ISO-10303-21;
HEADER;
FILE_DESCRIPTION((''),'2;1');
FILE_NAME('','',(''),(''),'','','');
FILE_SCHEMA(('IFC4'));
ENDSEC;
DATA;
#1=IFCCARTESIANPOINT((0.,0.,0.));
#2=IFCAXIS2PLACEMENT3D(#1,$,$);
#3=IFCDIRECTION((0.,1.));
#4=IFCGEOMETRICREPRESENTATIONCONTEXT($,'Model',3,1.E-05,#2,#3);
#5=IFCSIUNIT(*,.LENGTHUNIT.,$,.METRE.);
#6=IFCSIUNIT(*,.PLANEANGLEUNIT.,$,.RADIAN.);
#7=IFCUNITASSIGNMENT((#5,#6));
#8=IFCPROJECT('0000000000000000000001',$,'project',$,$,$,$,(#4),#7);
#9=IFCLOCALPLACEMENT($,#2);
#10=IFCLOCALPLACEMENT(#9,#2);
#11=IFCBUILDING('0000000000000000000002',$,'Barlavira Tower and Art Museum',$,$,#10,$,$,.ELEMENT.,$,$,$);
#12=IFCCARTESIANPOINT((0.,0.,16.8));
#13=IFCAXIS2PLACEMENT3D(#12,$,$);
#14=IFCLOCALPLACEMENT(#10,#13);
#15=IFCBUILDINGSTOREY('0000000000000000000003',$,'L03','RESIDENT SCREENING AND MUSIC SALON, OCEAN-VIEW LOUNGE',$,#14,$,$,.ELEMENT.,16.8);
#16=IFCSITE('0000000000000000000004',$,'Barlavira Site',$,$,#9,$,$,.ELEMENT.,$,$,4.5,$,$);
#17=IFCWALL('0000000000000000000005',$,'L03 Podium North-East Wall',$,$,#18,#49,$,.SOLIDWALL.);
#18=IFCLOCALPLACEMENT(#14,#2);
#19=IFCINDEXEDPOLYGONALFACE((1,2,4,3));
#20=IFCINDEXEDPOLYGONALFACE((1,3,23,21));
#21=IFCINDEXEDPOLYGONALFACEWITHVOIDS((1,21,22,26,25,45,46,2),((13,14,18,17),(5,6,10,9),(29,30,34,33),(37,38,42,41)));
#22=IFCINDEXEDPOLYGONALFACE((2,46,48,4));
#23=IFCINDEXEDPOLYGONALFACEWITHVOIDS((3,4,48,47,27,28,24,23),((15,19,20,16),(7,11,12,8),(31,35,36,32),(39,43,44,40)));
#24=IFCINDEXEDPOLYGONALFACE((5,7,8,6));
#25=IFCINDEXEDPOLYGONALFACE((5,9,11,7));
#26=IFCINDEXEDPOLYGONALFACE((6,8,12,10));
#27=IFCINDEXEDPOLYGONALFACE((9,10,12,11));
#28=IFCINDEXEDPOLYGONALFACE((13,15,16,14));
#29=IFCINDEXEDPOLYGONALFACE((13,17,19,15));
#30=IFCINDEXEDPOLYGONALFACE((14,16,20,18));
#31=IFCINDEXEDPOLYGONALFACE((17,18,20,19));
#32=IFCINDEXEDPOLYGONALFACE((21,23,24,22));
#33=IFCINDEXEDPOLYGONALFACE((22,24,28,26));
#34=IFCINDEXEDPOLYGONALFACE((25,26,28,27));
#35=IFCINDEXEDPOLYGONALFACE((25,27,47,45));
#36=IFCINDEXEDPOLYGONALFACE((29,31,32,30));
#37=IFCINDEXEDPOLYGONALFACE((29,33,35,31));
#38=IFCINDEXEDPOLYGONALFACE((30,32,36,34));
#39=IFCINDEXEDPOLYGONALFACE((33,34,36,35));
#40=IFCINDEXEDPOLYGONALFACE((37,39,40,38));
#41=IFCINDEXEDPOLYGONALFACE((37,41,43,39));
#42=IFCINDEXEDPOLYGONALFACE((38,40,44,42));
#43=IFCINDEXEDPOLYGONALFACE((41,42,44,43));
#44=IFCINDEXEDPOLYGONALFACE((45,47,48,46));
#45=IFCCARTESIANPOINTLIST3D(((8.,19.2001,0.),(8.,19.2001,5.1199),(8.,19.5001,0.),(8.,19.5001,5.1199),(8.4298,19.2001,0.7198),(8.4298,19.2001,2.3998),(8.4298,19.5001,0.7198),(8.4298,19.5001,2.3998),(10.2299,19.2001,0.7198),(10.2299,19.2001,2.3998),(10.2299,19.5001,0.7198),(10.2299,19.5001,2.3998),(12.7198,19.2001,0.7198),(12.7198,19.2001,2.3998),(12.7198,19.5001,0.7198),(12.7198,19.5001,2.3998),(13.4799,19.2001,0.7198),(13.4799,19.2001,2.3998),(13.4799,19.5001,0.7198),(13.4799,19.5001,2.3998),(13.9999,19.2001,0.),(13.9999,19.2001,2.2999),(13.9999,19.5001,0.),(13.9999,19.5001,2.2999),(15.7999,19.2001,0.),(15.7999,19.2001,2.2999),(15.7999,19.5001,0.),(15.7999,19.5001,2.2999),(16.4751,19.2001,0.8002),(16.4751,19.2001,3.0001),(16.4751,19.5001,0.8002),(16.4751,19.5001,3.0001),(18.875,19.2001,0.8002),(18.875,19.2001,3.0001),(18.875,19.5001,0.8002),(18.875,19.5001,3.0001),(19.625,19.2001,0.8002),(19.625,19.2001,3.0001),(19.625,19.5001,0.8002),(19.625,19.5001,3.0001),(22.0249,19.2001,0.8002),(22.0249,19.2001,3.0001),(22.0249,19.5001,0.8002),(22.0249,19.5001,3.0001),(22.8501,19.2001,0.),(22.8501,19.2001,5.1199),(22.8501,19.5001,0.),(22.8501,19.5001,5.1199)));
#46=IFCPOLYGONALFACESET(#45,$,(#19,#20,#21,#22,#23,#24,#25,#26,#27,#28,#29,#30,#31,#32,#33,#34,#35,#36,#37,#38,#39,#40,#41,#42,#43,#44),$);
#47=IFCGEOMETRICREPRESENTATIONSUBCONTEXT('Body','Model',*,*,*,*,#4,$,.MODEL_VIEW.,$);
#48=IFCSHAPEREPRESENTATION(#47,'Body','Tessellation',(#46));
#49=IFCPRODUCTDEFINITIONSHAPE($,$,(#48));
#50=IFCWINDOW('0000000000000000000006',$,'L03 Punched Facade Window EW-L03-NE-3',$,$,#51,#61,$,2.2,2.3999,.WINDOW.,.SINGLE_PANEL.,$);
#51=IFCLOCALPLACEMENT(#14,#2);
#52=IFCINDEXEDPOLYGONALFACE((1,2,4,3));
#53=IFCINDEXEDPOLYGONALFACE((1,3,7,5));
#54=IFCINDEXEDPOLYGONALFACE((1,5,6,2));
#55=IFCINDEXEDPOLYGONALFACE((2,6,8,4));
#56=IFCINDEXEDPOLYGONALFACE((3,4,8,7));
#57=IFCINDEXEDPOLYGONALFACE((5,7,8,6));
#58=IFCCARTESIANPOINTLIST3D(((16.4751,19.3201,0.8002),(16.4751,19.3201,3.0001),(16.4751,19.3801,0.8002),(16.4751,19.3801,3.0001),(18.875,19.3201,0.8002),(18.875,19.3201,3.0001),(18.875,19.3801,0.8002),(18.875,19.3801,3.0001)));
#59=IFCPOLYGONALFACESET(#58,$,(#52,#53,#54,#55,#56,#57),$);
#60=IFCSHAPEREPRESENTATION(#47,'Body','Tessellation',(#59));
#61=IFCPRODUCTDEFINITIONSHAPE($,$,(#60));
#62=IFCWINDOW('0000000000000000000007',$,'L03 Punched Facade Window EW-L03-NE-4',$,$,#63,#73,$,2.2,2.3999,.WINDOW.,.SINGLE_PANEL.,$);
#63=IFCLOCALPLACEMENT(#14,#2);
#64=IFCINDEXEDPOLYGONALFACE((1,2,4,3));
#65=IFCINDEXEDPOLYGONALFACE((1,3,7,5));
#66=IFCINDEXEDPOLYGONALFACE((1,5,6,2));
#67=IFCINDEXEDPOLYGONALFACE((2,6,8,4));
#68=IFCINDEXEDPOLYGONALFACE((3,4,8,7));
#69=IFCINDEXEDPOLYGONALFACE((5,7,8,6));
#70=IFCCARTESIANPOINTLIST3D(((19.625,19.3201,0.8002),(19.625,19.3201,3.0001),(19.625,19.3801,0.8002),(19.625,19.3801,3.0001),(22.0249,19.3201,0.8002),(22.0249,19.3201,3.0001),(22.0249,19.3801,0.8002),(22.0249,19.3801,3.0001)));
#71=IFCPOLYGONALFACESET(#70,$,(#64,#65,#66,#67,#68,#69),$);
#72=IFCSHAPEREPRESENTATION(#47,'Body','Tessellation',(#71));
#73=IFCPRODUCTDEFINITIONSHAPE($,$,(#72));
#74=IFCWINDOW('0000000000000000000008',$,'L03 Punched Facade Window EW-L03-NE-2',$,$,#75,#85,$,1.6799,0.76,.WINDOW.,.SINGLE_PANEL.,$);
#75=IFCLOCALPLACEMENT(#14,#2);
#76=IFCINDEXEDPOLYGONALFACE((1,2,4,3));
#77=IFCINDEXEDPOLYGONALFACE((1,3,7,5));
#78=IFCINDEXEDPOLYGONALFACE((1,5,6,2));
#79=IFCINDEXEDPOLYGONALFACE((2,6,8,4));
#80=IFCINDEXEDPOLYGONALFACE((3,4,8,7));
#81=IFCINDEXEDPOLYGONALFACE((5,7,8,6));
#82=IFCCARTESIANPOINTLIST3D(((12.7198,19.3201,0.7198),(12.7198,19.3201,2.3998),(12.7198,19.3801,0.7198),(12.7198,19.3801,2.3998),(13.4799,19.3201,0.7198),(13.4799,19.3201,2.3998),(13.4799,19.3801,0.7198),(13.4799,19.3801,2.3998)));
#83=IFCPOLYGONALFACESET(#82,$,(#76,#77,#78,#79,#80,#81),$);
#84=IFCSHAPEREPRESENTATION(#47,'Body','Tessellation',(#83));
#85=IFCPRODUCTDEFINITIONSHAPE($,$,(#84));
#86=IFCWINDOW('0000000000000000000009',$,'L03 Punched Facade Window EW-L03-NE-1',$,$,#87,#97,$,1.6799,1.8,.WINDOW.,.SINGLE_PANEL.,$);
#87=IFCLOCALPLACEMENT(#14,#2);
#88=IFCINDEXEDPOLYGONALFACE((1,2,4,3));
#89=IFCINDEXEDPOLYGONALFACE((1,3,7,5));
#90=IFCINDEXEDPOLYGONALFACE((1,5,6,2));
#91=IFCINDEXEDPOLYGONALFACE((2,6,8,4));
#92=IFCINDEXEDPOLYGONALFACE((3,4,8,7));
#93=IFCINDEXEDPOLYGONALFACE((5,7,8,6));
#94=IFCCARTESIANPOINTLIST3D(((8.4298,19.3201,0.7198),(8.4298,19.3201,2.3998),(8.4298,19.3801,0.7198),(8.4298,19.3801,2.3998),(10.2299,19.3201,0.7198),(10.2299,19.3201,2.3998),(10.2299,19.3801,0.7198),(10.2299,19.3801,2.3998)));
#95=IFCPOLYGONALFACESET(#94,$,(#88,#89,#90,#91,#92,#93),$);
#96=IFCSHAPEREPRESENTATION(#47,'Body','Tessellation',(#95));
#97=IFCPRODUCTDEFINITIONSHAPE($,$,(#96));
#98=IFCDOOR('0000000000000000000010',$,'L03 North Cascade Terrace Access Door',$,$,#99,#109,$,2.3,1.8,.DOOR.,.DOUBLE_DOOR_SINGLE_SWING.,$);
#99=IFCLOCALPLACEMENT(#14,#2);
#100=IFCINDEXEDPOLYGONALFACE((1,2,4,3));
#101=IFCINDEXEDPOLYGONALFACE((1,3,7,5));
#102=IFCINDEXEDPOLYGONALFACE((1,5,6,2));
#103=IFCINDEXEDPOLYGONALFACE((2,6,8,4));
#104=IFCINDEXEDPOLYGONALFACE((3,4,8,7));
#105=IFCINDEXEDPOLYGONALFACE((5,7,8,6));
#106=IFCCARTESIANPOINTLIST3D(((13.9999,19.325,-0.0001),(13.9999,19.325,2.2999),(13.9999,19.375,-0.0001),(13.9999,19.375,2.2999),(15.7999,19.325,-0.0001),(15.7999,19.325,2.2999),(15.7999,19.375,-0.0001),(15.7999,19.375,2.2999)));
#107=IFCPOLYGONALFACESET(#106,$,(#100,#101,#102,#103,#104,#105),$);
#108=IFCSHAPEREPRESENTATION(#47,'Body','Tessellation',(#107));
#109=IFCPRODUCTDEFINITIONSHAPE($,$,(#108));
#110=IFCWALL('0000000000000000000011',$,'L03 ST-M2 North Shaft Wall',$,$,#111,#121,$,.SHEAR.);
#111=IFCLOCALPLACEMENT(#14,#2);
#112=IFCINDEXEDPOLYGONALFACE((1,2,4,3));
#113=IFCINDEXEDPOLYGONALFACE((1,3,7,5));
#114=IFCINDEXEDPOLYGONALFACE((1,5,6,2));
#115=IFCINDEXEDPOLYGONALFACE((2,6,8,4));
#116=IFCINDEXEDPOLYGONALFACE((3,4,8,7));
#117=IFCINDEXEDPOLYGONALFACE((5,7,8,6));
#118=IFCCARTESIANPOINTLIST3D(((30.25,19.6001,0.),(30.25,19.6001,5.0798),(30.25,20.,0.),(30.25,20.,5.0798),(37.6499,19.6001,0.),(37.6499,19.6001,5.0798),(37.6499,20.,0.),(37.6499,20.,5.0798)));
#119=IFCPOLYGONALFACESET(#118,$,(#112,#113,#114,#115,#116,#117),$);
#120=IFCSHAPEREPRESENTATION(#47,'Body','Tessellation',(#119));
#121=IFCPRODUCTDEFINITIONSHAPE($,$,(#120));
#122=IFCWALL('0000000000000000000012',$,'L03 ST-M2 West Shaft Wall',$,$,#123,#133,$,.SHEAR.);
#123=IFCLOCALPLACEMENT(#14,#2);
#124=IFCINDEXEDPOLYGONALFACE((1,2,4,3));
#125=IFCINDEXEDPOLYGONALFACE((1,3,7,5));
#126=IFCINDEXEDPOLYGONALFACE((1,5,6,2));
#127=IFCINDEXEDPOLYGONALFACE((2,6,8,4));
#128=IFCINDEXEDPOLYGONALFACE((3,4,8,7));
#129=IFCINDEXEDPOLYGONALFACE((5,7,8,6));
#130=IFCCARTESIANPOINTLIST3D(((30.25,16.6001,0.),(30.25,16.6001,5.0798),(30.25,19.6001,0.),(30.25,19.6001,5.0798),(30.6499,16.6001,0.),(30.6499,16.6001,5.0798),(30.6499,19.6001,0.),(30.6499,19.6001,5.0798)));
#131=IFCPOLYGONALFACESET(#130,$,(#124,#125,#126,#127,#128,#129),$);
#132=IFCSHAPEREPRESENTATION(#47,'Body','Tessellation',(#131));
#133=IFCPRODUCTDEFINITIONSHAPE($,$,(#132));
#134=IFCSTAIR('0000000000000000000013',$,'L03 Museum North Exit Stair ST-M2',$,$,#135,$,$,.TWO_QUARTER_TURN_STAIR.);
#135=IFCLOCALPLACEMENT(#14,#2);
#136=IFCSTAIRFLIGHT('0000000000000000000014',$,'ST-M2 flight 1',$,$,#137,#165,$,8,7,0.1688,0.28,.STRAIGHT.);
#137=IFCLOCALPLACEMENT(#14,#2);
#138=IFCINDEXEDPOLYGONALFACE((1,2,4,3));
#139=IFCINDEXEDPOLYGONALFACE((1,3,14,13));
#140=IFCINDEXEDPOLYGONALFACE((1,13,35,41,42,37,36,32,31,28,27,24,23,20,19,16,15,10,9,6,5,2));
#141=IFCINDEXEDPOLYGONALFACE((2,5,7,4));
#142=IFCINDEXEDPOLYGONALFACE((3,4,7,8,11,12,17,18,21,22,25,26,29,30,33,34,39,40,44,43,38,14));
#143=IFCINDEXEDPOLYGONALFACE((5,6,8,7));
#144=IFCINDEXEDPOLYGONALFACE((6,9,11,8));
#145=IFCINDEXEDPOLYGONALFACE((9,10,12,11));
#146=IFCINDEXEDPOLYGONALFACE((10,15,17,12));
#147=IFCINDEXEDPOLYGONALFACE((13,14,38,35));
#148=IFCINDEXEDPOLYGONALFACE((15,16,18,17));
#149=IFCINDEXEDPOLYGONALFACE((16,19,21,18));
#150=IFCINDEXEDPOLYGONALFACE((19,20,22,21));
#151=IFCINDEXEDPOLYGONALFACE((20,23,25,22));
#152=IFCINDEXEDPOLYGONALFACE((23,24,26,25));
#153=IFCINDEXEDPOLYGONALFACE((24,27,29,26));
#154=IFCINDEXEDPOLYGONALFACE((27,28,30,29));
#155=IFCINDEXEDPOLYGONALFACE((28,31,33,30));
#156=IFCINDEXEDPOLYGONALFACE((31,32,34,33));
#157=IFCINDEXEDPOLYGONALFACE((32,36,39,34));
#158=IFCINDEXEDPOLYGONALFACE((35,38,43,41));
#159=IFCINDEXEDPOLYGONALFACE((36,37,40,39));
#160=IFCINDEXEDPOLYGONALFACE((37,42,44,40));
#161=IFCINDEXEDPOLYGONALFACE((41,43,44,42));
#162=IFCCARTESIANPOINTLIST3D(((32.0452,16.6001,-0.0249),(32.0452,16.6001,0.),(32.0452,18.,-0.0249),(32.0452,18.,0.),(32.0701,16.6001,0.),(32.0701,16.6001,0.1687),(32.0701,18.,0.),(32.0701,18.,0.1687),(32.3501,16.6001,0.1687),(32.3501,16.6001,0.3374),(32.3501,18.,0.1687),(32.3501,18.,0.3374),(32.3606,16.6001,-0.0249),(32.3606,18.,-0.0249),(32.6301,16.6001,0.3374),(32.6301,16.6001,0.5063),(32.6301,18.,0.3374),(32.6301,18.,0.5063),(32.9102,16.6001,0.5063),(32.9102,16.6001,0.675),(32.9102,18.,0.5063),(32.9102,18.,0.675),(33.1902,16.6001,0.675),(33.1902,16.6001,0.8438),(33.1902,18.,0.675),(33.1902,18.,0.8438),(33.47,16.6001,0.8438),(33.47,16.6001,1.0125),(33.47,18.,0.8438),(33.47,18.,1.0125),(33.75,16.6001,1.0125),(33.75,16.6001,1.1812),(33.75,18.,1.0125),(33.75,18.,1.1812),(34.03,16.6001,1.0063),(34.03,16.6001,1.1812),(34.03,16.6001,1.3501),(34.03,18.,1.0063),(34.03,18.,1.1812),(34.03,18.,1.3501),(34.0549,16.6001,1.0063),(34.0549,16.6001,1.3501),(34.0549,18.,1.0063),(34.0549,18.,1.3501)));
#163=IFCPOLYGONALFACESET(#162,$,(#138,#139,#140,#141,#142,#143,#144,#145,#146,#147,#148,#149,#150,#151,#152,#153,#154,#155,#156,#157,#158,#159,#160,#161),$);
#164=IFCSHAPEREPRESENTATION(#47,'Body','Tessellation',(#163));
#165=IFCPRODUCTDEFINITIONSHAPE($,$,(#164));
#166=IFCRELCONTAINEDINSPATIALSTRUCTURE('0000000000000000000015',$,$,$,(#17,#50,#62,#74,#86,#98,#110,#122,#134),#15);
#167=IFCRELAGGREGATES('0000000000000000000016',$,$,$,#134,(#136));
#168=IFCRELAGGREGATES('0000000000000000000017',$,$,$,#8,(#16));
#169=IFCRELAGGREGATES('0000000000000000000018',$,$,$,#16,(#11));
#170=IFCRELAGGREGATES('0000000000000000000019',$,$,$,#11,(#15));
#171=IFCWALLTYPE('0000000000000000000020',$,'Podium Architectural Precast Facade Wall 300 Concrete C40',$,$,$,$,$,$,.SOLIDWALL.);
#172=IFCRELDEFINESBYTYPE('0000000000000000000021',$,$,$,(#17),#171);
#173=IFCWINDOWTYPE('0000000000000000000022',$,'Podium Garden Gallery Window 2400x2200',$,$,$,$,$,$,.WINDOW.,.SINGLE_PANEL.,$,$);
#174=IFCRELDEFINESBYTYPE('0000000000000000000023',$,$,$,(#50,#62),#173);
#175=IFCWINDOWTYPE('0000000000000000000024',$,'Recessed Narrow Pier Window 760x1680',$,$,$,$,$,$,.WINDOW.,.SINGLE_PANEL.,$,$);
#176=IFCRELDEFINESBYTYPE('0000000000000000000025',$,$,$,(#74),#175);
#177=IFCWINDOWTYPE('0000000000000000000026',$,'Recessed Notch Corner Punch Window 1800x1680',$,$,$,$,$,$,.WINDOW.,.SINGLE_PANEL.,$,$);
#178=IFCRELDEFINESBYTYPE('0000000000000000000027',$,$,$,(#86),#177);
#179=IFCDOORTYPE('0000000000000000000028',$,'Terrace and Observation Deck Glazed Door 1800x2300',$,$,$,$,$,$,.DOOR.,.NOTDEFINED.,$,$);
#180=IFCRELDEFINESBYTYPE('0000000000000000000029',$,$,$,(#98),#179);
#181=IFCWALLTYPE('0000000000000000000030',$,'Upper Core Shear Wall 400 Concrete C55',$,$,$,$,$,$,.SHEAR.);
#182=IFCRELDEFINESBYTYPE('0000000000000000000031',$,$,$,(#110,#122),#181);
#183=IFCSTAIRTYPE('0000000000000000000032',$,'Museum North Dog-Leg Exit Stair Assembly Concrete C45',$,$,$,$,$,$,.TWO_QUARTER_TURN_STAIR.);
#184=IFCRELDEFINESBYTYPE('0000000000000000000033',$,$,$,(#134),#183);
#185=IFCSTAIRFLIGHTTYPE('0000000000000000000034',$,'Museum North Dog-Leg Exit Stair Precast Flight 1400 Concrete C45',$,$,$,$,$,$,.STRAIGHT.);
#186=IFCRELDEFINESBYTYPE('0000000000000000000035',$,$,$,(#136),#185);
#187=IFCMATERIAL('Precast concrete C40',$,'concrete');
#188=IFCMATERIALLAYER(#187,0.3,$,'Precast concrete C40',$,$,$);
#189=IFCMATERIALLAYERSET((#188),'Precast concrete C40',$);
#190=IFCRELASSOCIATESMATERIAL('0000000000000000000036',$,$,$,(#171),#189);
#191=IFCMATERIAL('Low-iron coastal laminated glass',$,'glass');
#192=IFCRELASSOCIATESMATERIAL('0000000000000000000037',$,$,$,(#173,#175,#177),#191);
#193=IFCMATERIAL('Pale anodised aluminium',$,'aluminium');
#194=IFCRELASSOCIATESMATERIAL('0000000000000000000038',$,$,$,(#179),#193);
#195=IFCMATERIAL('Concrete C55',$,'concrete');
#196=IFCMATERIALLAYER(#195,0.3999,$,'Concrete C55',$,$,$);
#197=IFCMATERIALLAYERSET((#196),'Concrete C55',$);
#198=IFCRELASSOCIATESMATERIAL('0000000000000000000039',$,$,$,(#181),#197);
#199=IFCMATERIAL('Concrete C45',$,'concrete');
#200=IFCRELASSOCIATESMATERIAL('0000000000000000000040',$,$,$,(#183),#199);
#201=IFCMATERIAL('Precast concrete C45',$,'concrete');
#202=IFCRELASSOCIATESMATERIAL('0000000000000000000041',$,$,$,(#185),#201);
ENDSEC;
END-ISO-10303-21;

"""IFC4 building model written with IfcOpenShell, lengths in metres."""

from ifc_helpers import new_model, si_unit, direction, frame, frame_2d, origin, place, context, subcontext, project, spatial, polyline, rectangle, outline, extrude, material, layer, layer_set, type_object, element, fill, aggregate, save


model = new_model("IFC4")

# Units and contexts
model_context = context("Model", 3, precision=1e-05, world=origin(), true_north=direction((0.0, 1.0)))
body_context = subcontext(model_context, "Body", "Model", "MODEL_VIEW")
ifc_project = project(units=[si_unit("LENGTHUNIT", "METRE"), si_unit("PLANEANGLEUNIT", "RADIAN")], contexts=[model_context])

# Site, building, storey
site_placement = place(None, origin())
site = spatial("IfcSite", under=ifc_project, at=site_placement, Name="Barlavira Site", CompositionType="ELEMENT", RefElevation=4.5)
building_placement = place(site_placement, origin())
building = spatial("IfcBuilding", under=site, at=building_placement, Name="Barlavira Tower and Art Museum", CompositionType="ELEMENT")
storey_placement = place(building_placement, frame((0.0, 0.0, 16.8)))
storey = spatial("IfcBuildingStorey", under=building, at=storey_placement, Name="L03", Description="RESIDENT SCREENING AND MUSIC SALON, OCEAN-VIEW LOUNGE", CompositionType="ELEMENT", Elevation=16.8)

# Shared definitions
ifc_material_1 = material(Name="Low-iron coastal laminated glass", Category="glass")
ifc_material_2 = material(Name="Pale anodised aluminium", Category="aluminium")

# Shared definitions
ifc_material_3 = material(Name="Precast concrete C40", Category="concrete")

# Wall, openings, windows, door
ifc_layer_1 = layer(ifc_material_3, 0.3, Name="Precast concrete C40")
ifc_layer_set_1 = layer_set([ifc_layer_1], Name="Precast concrete C40")
wall_type_1 = type_object("IfcWallType", Name="Podium Architectural Precast Facade Wall 300 Concrete C40", PredefinedType="SOLIDWALL", material=ifc_layer_set_1)
wall_1_placement = place(storey_placement, frame((8.0, 19.3501, 0.0), z_axis=(0.0, 0.0, 1.0), x_axis=(1.0, 0.0, 0.0)))
wall_1 = element("IfcWall", 1, at=wall_1_placement, inside=storey, type_object=wall_type_1, Name="L03 Podium North-East Wall", PredefinedType="SOLIDWALL", context=body_context, shape_type="SweptSolid", body=[
    extrude(rectangle(XDim=14.8501, YDim=0.3, at=frame_2d((7.425, 0.0))), origin(), (0.0, 0.0, 1.0), 5.1199),
])
opening_1_placement = place(wall_1_placement, frame((6.0, 0.0, 0.0)))
opening_1 = element("IfcOpeningElement", 2, at=opening_1_placement, cuts=wall_1, PredefinedType="OPENING", context=body_context, shape_type="SweptSolid", body=[
    extrude(rectangle(XDim=1.8, YDim=2.3, at=frame_2d((0.8999, 1.1499))), frame((0.0, 0.1602, 0.0), z_axis=(0.0, -1.0, 0.0), x_axis=(1.0, 0.0, 0.0)), (0.0, 0.0, 1.0), 0.3201),
])
opening_2_placement = place(wall_1_placement, frame((0.4299, 0.0, 0.72)))
opening_2 = element("IfcOpeningElement", 3, at=opening_2_placement, cuts=wall_1, PredefinedType="OPENING", context=body_context, shape_type="SweptSolid", body=[
    extrude(rectangle(XDim=1.8, YDim=1.6799, at=frame_2d((0.8999, 0.8398))), frame((0.0, 0.1602, 0.0), z_axis=(0.0, -1.0, 0.0), x_axis=(1.0, 0.0, 0.0)), (0.0, 0.0, 1.0), 0.3201),
])
opening_3_placement = place(wall_1_placement, frame((4.72, 0.0, 0.72)))
opening_3 = element("IfcOpeningElement", 4, at=opening_3_placement, cuts=wall_1, PredefinedType="OPENING", context=body_context, shape_type="SweptSolid", body=[
    extrude(rectangle(XDim=0.76, YDim=1.6799, at=frame_2d((0.3799, 0.8398))), frame((0.0, 0.1602, 0.0), z_axis=(0.0, -1.0, 0.0), x_axis=(1.0, 0.0, 0.0)), (0.0, 0.0, 1.0), 0.3201),
])
opening_4_placement = place(wall_1_placement, frame((8.4751, 0.0, 0.8)))
opening_4 = element("IfcOpeningElement", 5, at=opening_4_placement, cuts=wall_1, PredefinedType="OPENING", context=body_context, shape_type="SweptSolid", body=[
    extrude(rectangle(XDim=2.3999, YDim=2.2, at=frame_2d((1.2, 1.1001))), frame((0.0, 0.1602, 0.0), z_axis=(0.0, -1.0, 0.0), x_axis=(1.0, 0.0, 0.0)), (0.0, 0.0, 1.0), 0.3201),
])
opening_5_placement = place(wall_1_placement, frame((11.625, 0.0, 0.8)))
opening_5 = element("IfcOpeningElement", 6, at=opening_5_placement, cuts=wall_1, PredefinedType="OPENING", context=body_context, shape_type="SweptSolid", body=[
    extrude(rectangle(XDim=2.3999, YDim=2.2, at=frame_2d((1.2, 1.1001))), frame((0.0, 0.1602, 0.0), z_axis=(0.0, -1.0, 0.0), x_axis=(1.0, 0.0, 0.0)), (0.0, 0.0, 1.0), 0.3201),
])
window_type_1 = type_object("IfcWindowType", Name="Podium Garden Gallery Window 2400x2200", PartitioningType="SINGLE_PANEL", PredefinedType="WINDOW", material=ifc_material_1)
window_1_placement = place(opening_4_placement, origin())
window_1 = element("IfcWindow", 7, at=window_1_placement, inside=storey, type_object=window_type_1, Name="L03 Punched Facade Window EW-L03-NE-3", OverallHeight=2.2, OverallWidth=2.3999, PartitioningType="SINGLE_PANEL", PredefinedType="WINDOW", context=body_context, shape_type="SweptSolid", body=[
    extrude(rectangle(XDim=2.3999, YDim=2.2, at=frame_2d((1.2, 1.1001))), frame((0.0, 0.03, 0.0), z_axis=(0.0, -1.0, 0.0), x_axis=(1.0, 0.0, 0.0)), (0.0, 0.0, 1.0), 0.0601),
])
fill(opening_4, window_1)
window_2_placement = place(opening_5_placement, origin())
window_2 = element("IfcWindow", 8, at=window_2_placement, inside=storey, type_object=window_type_1, Name="L03 Punched Facade Window EW-L03-NE-4", OverallHeight=2.2, OverallWidth=2.3999, PartitioningType="SINGLE_PANEL", PredefinedType="WINDOW", context=body_context, shape_type="SweptSolid", body=[
    extrude(rectangle(XDim=2.3999, YDim=2.2, at=frame_2d((1.2, 1.1001))), frame((0.0, 0.03, 0.0), z_axis=(0.0, -1.0, 0.0), x_axis=(1.0, 0.0, 0.0)), (0.0, 0.0, 1.0), 0.0601),
])
fill(opening_5, window_2)
window_type_2 = type_object("IfcWindowType", Name="Recessed Narrow Pier Window 760x1680", PartitioningType="SINGLE_PANEL", PredefinedType="WINDOW", material=ifc_material_1)
window_3_placement = place(opening_3_placement, origin())
window_3 = element("IfcWindow", 9, at=window_3_placement, inside=storey, type_object=window_type_2, Name="L03 Punched Facade Window EW-L03-NE-2", OverallHeight=1.6799, OverallWidth=0.76, PartitioningType="SINGLE_PANEL", PredefinedType="WINDOW", context=body_context, shape_type="SweptSolid", body=[
    extrude(rectangle(XDim=0.76, YDim=1.6799, at=frame_2d((0.3799, 0.8398))), frame((0.0, 0.03, 0.0), z_axis=(0.0, -1.0, 0.0), x_axis=(1.0, 0.0, 0.0)), (0.0, 0.0, 1.0), 0.0601),
])
fill(opening_3, window_3)
window_type_3 = type_object("IfcWindowType", Name="Recessed Notch Corner Punch Window 1800x1680", PartitioningType="SINGLE_PANEL", PredefinedType="WINDOW", material=ifc_material_1)
window_4_placement = place(opening_2_placement, origin())
window_4 = element("IfcWindow", 10, at=window_4_placement, inside=storey, type_object=window_type_3, Name="L03 Punched Facade Window EW-L03-NE-1", OverallHeight=1.6799, OverallWidth=1.8, PartitioningType="SINGLE_PANEL", PredefinedType="WINDOW", context=body_context, shape_type="SweptSolid", body=[
    extrude(rectangle(XDim=1.8, YDim=1.6799, at=frame_2d((0.8999, 0.8398))), frame((0.0, 0.03, 0.0), z_axis=(0.0, -1.0, 0.0), x_axis=(1.0, 0.0, 0.0)), (0.0, 0.0, 1.0), 0.0601),
])
fill(opening_2, window_4)
door_type = type_object("IfcDoorType", Name="Terrace and Observation Deck Glazed Door 1800x2300", OperationType="NOTDEFINED", PredefinedType="DOOR", material=ifc_material_2)
door_placement = place(opening_1_placement, origin())
door = element("IfcDoor", 11, at=door_placement, inside=storey, type_object=door_type, Name="L03 North Cascade Terrace Access Door", OperationType="DOUBLE_DOOR_SINGLE_SWING", OverallHeight=2.3, OverallWidth=1.8, PredefinedType="DOOR", context=body_context, shape_type="SweptSolid", body=[
    extrude(rectangle(XDim=1.8, YDim=2.3, at=frame_2d((0.8999, 1.1499))), frame((0.0, 0.0249, 0.0), z_axis=(0.0, -1.0, 0.0), x_axis=(1.0, 0.0, 0.0)), (0.0, 0.0, 1.0), 0.05),
])
fill(opening_1, door)

# Walls
ifc_material_4 = material(Name="Concrete C55", Category="concrete")
ifc_layer_2 = layer(ifc_material_4, 0.3999, Name="Concrete C55")
ifc_layer_set_2 = layer_set([ifc_layer_2], Name="Concrete C55")
wall_type_2 = type_object("IfcWallType", Name="Upper Core Shear Wall 400 Concrete C55", PredefinedType="SHEAR", material=ifc_layer_set_2)
wall_2_placement = place(storey_placement, frame((30.25, 19.8, 0.0), z_axis=(0.0, 0.0, 1.0), x_axis=(1.0, 0.0, 0.0)))
element("IfcWall", 12, at=wall_2_placement, inside=storey, type_object=wall_type_2, Name="L03 ST-M2 North Shaft Wall", PredefinedType="SHEAR", context=body_context, shape_type="SweptSolid", body=[
    extrude(rectangle(XDim=7.3999, YDim=0.3999, at=frame_2d((3.7, 0.0))), origin(), (0.0, 0.0, 1.0), 5.0798),
])
wall_3_placement = place(storey_placement, frame((30.45, 16.6001, 0.0), z_axis=(0.0, 0.0, 1.0), x_axis=(0.0, 1.0, 0.0)))
element("IfcWall", 13, at=wall_3_placement, inside=storey, type_object=wall_type_2, Name="L03 ST-M2 West Shaft Wall", PredefinedType="SHEAR", context=body_context, shape_type="SweptSolid", body=[
    extrude(rectangle(XDim=3.0, YDim=0.3999, at=frame_2d((1.5, 0.0))), origin(), (0.0, 0.0, 1.0), 5.0798),
])

# Stair, stair flight
ifc_material_5 = material(Name="Concrete C45", Category="concrete")
stair_type = type_object("IfcStairType", Name="Museum North Dog-Leg Exit Stair Assembly Concrete C45", PredefinedType="TWO_QUARTER_TURN_STAIR", material=ifc_material_5)
stair_placement = place(storey_placement, origin())
stair = element("IfcStair", 14, at=stair_placement, inside=storey, type_object=stair_type, Name="L03 Museum North Exit Stair ST-M2", PredefinedType="TWO_QUARTER_TURN_STAIR")
ifc_material_6 = material(Name="Precast concrete C45", Category="concrete")
stair_flight_type = type_object("IfcStairFlightType", Name="Museum North Dog-Leg Exit Stair Precast Flight 1400 Concrete C45", PredefinedType="STRAIGHT", material=ifc_material_6)
stair_flight_1_placement = place(storey_placement, frame((32.0701, 17.3, 0.0), z_axis=(0.0, 0.0, 1.0), x_axis=(1.0, 0.0, 0.0)))
stair_flight_1 = element("IfcStairFlight", 15, at=stair_flight_1_placement, type_object=stair_flight_type, Name="ST-M2 flight 1", NumberOfRisers=8, NumberOfTreads=7, PredefinedType="STRAIGHT", RiserHeight=0.1688, TreadLength=0.28, context=body_context, shape_type="SweptSolid", body=[
    extrude(outline(polyline([(-0.0249, 0.0), (0.0, 0.0), (0.0, 0.1687), (0.28, 0.1687), (0.28, 0.3374), (0.5601, 0.3374), (0.5601, 0.5063), (0.8401, 0.5063), (0.8401, 0.675), (1.1201, 0.675), (1.1201, 0.8438), (1.3999, 0.8438), (1.3999, 1.0125), (1.6799, 1.0125), (1.6799, 1.1812), (1.96, 1.1812), (1.96, 1.3501), (1.9849, 1.3501), (1.9849, 1.0063), (1.96, 1.0063), (0.2905, -0.0249), (-0.0249, -0.0249), (-0.0249, 0.0)])), frame((0.0, 0.7, 0.0), z_axis=(0.0, -1.0, 0.0), x_axis=(1.0, 0.0, 0.0)), (0.0, 0.0, 1.0), 1.3999),
])
aggregate(stair, [stair_flight_1])

save(model, "model.ifc")
